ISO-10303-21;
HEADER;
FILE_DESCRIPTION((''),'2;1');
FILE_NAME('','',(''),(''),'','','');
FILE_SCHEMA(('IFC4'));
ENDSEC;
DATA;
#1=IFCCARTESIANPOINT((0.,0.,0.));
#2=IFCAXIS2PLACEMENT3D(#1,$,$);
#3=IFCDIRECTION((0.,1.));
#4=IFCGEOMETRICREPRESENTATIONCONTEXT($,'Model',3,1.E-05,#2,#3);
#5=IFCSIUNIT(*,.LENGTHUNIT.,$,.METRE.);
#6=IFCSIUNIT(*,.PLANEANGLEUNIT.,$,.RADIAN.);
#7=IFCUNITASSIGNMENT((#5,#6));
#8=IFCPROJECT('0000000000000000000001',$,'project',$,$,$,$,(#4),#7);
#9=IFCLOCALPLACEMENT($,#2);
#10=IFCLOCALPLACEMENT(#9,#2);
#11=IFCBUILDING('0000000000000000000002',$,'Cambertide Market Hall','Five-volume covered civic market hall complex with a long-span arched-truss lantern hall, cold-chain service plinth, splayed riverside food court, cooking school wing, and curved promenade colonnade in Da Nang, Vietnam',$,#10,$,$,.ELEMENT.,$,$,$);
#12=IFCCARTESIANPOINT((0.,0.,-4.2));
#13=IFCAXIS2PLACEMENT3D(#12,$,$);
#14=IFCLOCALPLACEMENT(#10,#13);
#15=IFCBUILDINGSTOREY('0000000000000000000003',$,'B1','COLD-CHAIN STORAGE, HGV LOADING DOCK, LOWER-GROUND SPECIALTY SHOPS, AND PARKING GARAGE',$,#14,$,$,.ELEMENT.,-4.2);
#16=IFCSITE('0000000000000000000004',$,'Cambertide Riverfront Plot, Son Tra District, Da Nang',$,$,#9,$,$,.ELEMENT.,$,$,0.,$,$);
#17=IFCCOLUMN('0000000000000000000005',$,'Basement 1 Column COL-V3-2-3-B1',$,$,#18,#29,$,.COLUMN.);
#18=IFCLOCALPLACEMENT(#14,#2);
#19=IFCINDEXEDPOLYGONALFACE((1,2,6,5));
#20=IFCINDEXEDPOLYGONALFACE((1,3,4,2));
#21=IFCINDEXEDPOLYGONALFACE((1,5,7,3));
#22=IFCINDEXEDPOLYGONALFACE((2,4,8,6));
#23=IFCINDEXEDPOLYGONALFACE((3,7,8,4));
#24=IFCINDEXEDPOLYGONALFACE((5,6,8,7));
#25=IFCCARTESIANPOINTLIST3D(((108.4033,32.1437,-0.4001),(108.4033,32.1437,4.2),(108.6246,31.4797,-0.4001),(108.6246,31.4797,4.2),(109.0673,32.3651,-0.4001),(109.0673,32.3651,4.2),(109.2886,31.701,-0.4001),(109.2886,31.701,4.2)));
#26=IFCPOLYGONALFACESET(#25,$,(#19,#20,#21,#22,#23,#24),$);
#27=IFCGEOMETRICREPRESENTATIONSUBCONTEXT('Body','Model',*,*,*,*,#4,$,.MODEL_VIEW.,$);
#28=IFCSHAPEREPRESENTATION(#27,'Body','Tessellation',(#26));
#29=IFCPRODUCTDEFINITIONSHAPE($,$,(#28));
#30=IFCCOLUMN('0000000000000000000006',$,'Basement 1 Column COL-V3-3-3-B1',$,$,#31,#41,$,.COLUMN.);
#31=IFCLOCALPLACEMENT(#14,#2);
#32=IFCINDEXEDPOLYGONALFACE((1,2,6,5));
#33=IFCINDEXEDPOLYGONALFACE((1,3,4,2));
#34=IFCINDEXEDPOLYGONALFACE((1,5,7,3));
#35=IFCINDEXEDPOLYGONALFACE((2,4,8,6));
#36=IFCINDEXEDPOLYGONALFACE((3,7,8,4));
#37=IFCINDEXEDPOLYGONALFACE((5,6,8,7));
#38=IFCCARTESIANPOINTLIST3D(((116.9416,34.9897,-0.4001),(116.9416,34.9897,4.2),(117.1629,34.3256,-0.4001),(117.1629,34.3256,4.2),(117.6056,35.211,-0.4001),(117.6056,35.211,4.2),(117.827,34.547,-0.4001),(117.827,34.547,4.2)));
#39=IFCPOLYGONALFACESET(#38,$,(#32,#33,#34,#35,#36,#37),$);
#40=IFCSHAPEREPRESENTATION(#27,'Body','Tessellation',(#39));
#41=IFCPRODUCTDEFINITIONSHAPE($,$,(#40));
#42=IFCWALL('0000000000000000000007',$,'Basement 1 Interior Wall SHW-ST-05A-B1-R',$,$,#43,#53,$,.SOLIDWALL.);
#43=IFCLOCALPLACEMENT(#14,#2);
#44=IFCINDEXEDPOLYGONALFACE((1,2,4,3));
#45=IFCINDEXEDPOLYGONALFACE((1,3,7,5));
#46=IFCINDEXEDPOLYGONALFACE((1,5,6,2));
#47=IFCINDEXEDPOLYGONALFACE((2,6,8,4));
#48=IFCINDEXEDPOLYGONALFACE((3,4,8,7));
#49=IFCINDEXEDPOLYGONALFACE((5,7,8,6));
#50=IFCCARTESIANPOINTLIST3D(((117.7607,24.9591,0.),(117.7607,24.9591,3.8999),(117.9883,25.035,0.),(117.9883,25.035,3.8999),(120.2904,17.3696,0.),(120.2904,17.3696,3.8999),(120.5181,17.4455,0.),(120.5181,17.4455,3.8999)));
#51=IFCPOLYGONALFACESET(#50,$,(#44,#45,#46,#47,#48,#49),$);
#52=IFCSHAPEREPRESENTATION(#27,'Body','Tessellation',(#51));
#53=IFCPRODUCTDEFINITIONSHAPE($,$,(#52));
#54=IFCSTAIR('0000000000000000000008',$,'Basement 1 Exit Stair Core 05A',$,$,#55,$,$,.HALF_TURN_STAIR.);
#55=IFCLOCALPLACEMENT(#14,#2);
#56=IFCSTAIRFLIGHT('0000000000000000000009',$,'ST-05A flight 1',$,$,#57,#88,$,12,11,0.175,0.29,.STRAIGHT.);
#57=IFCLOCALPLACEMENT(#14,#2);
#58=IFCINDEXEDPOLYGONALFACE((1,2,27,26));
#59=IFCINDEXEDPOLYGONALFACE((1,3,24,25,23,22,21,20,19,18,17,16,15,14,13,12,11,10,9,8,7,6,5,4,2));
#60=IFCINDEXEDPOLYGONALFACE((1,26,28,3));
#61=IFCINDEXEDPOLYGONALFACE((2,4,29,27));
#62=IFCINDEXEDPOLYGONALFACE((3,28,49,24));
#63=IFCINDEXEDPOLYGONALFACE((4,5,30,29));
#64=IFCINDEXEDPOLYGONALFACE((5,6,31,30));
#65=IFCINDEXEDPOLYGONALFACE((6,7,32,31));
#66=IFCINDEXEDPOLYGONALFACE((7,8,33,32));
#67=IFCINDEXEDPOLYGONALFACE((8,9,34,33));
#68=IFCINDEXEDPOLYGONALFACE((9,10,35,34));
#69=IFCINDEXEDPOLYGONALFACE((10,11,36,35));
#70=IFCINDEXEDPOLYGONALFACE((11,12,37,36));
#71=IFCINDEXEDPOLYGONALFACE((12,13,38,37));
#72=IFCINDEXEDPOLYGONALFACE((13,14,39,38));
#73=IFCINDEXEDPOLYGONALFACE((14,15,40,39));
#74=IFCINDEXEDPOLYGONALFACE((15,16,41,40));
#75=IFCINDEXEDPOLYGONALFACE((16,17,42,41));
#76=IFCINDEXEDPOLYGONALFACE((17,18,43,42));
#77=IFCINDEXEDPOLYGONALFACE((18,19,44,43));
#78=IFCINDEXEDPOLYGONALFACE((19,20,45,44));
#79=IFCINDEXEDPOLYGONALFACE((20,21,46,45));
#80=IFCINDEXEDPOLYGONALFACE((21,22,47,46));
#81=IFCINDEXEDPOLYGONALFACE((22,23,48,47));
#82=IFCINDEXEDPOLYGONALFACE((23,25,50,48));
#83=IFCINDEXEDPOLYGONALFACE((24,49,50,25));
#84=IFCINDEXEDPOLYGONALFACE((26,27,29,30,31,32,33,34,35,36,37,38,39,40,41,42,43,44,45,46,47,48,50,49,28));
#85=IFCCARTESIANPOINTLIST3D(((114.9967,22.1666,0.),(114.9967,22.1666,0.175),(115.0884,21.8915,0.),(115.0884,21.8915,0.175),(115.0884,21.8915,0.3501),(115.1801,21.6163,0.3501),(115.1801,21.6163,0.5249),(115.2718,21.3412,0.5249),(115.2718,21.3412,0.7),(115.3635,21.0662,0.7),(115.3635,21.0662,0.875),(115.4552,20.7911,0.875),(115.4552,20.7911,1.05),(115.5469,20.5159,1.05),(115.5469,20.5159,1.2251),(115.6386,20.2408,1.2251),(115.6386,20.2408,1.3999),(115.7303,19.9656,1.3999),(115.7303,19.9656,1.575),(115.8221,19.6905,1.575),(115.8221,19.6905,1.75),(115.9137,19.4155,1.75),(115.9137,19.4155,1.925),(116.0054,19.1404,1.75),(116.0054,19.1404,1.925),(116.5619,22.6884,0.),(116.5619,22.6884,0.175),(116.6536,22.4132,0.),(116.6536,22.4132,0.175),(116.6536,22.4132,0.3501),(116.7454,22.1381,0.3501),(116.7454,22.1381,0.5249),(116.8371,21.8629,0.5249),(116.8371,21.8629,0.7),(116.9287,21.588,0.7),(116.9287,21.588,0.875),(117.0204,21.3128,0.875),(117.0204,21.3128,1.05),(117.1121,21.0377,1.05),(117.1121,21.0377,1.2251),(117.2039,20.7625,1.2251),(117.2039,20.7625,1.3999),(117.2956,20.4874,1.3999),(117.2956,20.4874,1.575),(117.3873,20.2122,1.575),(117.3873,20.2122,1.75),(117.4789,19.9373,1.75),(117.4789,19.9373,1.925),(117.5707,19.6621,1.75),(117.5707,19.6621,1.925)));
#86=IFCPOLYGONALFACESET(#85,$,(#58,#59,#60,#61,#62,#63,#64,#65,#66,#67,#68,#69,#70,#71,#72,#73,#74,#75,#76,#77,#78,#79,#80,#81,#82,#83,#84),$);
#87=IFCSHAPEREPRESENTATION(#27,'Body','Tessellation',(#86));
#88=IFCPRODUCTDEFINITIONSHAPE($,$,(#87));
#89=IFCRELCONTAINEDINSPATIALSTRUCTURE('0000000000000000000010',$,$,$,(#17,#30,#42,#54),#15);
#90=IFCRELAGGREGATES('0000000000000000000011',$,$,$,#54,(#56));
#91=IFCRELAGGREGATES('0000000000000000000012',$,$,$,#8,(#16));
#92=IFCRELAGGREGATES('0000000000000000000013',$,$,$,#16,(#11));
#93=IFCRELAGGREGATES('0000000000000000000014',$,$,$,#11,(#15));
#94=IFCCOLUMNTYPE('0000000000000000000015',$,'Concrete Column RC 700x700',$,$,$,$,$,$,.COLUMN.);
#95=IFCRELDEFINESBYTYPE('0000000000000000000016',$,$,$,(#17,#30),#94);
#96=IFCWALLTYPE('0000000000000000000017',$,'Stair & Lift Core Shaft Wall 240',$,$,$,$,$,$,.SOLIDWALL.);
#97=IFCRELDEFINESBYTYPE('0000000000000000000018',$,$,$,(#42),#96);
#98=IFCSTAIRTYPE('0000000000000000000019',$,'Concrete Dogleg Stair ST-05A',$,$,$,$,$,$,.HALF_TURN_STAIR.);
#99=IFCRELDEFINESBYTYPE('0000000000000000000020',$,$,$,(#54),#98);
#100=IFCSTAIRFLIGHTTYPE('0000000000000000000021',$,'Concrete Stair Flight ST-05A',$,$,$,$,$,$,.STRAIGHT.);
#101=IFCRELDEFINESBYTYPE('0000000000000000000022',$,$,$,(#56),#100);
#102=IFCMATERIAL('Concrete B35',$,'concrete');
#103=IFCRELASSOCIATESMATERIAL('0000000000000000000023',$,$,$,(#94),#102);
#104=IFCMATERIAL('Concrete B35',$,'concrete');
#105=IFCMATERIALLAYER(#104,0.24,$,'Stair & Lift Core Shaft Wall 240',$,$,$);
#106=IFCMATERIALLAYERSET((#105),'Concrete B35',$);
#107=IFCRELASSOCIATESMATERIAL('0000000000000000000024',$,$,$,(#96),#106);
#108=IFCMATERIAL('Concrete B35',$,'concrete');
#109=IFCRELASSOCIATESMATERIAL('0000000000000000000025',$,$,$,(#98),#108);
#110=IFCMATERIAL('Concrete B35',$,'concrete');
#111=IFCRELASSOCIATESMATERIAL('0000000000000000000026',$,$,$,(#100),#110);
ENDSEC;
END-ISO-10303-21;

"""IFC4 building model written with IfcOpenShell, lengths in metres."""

from ifc_helpers import new_model, si_unit, direction, frame, frame_2d, origin, origin_2d, place, context, subcontext, project, spatial, polyline, rectangle, outline, extrude, material, layer, layer_set, material_profile, profile_set, type_object, element, aggregate, save


model = new_model("IFC4")

# Units and contexts
model_context = context("Model", 3, precision=1e-05, world=origin(), true_north=direction((0.0, 1.0)))
body_context = subcontext(model_context, "Body", "Model", "MODEL_VIEW")
ifc_project = project(units=[si_unit("LENGTHUNIT", "METRE"), si_unit("PLANEANGLEUNIT", "RADIAN")], contexts=[model_context])

# Site, building, storey
site_placement = place(None, origin())
site = spatial("IfcSite", under=ifc_project, at=site_placement, Name="Cambertide Riverfront Plot, Son Tra District, Da Nang", CompositionType="ELEMENT", RefElevation=0.0)
building_placement = place(site_placement, origin())
building = spatial("IfcBuilding", under=site, at=building_placement, Name="Cambertide Market Hall", Description="Five-volume covered civic market hall complex with a long-span arched-truss lantern hall, cold-chain service plinth, splayed riverside food court, cooking school wing, and curved promenade colonnade in Da Nang, Vietnam", CompositionType="ELEMENT")
storey_placement = place(building_placement, frame((0.0, 0.0, -4.2)))
storey = spatial("IfcBuildingStorey", under=building, at=storey_placement, Name="B1", Description="COLD-CHAIN STORAGE, HGV LOADING DOCK, LOWER-GROUND SPECIALTY SHOPS, AND PARKING GARAGE", CompositionType="ELEMENT", Elevation=-4.2)

# Columns
ifc_material_1 = material(Name="Concrete B35", Category="concrete")
ifc_material_profile_1 = material_profile(ifc_material_1, rectangle(XDim=0.7, YDim=0.7, at=origin_2d()), Name="RC 700x700")
ifc_profile_set_1 = profile_set([ifc_material_profile_1], Name="Concrete B35")
column_type = type_object("IfcColumnType", Name="Concrete Column RC 700x700", PredefinedType="COLUMN", material=ifc_profile_set_1)
for number, where, z_axis, x_axis, name in (
    (1, (108.8459, 31.9224, -0.4001), (0.0, 0.0, 1.0), (0.948683, 0.316228, 0.0), "Basement 1 Column COL-V3-2-3-B1"),
    (2, (117.3843, 34.7683, -0.4001), (0.0, 0.0, 1.0), (0.948683, 0.316228, 0.0), "Basement 1 Column COL-V3-3-3-B1"),
):
    element("IfcColumn", number, at=place(storey_placement, frame(where, z_axis=z_axis, x_axis=x_axis)), inside=storey, type_object=column_type, Name=name, PredefinedType="COLUMN", context=body_context, shape_type="SweptSolid", body=[
        extrude(rectangle(XDim=0.7, YDim=0.7, at=origin_2d()), origin(), (0.0, 0.0, 1.0), 4.6001),
    ])

# Shared definitions
ifc_material_2 = material(Name="Concrete B35", Category="concrete")
ifc_layer = layer(ifc_material_2, 0.24, Name="Stair & Lift Core Shaft Wall 240")
ifc_layer_set = layer_set([ifc_layer], Name="Concrete B35")
wall_type = type_object("IfcWallType", Name="Stair & Lift Core Shaft Wall 240", PredefinedType="SOLIDWALL", material=ifc_layer_set)

# Wall
wall_1_placement = place(storey_placement, frame((117.8745, 24.9971, 0.0), z_axis=(0.0, 0.0, 1.0), x_axis=(0.316219, -0.948686, 0.0)))
element("IfcWall", 3, at=wall_1_placement, inside=storey, type_object=wall_type, Name="Basement 1 Interior Wall SHW-ST-05A-B1-R", PredefinedType="SOLIDWALL", context=body_context, shape_type="SweptSolid", body=[
    extrude(rectangle(XDim=8.0, YDim=0.24, at=frame_2d((4.0, 0.0))), origin(), (0.0, 0.0, 1.0), 3.8999),
])

# Stair, stair flight
ifc_material_3 = material(Name="Concrete B35", Category="concrete")
stair_type = type_object("IfcStairType", Name="Concrete Dogleg Stair ST-05A", PredefinedType="HALF_TURN_STAIR", material=ifc_material_3)
stair_placement = place(storey_placement, origin())
stair = element("IfcStair", 4, at=stair_placement, inside=storey, type_object=stair_type, Name="Basement 1 Exit Stair Core 05A", PredefinedType="HALF_TURN_STAIR")
ifc_material_4 = material(Name="Concrete B35", Category="concrete")
stair_flight_type = type_object("IfcStairFlightType", Name="Concrete Stair Flight ST-05A", PredefinedType="STRAIGHT", material=ifc_material_4)
stair_flight_placement = place(storey_placement, frame((115.7793, 22.4275, 0.0), z_axis=(0.0, 0.0, 1.0), x_axis=(0.316228, -0.948683, 0.0)))
stair_flight = element("IfcStairFlight", 5, at=stair_flight_placement, type_object=stair_flight_type, Name="ST-05A flight 1", NumberOfRisers=12, NumberOfTreads=11, PredefinedType="STRAIGHT", RiserHeight=0.175, TreadLength=0.29, context=body_context, shape_type="SweptSolid", body=[
    extrude(outline(polyline([(0.0, 0.0), (0.0, 0.175), (0.29, 0.175), (0.29, 0.3501), (0.5801, 0.3501), (0.5801, 0.5249), (0.8701, 0.5249), (0.8701, 0.7), (1.1599, 0.7), (1.1599, 0.875), (1.45, 0.875), (1.45, 1.05), (1.74, 1.05), (1.74, 1.2251), (2.03, 1.2251), (2.03, 1.3999), (2.3201, 1.3999), (2.3201, 1.575), (2.6101, 1.575), (2.6101, 1.75), (2.8999, 1.75), (2.8999, 1.925), (3.1899, 1.925), (3.1899, 2.1001), (3.1899, 1.75), (0.29, 0.0), (0.0, 0.0)])), frame((0.0, 0.825, 0.0), z_axis=(0.0, -1.0, 0.0), x_axis=(1.0, 0.0, 0.0)), (0.0, 0.0, 1.0), 1.6499),
])
aggregate(stair, [stair_flight])

save(model, "model.ifc")
